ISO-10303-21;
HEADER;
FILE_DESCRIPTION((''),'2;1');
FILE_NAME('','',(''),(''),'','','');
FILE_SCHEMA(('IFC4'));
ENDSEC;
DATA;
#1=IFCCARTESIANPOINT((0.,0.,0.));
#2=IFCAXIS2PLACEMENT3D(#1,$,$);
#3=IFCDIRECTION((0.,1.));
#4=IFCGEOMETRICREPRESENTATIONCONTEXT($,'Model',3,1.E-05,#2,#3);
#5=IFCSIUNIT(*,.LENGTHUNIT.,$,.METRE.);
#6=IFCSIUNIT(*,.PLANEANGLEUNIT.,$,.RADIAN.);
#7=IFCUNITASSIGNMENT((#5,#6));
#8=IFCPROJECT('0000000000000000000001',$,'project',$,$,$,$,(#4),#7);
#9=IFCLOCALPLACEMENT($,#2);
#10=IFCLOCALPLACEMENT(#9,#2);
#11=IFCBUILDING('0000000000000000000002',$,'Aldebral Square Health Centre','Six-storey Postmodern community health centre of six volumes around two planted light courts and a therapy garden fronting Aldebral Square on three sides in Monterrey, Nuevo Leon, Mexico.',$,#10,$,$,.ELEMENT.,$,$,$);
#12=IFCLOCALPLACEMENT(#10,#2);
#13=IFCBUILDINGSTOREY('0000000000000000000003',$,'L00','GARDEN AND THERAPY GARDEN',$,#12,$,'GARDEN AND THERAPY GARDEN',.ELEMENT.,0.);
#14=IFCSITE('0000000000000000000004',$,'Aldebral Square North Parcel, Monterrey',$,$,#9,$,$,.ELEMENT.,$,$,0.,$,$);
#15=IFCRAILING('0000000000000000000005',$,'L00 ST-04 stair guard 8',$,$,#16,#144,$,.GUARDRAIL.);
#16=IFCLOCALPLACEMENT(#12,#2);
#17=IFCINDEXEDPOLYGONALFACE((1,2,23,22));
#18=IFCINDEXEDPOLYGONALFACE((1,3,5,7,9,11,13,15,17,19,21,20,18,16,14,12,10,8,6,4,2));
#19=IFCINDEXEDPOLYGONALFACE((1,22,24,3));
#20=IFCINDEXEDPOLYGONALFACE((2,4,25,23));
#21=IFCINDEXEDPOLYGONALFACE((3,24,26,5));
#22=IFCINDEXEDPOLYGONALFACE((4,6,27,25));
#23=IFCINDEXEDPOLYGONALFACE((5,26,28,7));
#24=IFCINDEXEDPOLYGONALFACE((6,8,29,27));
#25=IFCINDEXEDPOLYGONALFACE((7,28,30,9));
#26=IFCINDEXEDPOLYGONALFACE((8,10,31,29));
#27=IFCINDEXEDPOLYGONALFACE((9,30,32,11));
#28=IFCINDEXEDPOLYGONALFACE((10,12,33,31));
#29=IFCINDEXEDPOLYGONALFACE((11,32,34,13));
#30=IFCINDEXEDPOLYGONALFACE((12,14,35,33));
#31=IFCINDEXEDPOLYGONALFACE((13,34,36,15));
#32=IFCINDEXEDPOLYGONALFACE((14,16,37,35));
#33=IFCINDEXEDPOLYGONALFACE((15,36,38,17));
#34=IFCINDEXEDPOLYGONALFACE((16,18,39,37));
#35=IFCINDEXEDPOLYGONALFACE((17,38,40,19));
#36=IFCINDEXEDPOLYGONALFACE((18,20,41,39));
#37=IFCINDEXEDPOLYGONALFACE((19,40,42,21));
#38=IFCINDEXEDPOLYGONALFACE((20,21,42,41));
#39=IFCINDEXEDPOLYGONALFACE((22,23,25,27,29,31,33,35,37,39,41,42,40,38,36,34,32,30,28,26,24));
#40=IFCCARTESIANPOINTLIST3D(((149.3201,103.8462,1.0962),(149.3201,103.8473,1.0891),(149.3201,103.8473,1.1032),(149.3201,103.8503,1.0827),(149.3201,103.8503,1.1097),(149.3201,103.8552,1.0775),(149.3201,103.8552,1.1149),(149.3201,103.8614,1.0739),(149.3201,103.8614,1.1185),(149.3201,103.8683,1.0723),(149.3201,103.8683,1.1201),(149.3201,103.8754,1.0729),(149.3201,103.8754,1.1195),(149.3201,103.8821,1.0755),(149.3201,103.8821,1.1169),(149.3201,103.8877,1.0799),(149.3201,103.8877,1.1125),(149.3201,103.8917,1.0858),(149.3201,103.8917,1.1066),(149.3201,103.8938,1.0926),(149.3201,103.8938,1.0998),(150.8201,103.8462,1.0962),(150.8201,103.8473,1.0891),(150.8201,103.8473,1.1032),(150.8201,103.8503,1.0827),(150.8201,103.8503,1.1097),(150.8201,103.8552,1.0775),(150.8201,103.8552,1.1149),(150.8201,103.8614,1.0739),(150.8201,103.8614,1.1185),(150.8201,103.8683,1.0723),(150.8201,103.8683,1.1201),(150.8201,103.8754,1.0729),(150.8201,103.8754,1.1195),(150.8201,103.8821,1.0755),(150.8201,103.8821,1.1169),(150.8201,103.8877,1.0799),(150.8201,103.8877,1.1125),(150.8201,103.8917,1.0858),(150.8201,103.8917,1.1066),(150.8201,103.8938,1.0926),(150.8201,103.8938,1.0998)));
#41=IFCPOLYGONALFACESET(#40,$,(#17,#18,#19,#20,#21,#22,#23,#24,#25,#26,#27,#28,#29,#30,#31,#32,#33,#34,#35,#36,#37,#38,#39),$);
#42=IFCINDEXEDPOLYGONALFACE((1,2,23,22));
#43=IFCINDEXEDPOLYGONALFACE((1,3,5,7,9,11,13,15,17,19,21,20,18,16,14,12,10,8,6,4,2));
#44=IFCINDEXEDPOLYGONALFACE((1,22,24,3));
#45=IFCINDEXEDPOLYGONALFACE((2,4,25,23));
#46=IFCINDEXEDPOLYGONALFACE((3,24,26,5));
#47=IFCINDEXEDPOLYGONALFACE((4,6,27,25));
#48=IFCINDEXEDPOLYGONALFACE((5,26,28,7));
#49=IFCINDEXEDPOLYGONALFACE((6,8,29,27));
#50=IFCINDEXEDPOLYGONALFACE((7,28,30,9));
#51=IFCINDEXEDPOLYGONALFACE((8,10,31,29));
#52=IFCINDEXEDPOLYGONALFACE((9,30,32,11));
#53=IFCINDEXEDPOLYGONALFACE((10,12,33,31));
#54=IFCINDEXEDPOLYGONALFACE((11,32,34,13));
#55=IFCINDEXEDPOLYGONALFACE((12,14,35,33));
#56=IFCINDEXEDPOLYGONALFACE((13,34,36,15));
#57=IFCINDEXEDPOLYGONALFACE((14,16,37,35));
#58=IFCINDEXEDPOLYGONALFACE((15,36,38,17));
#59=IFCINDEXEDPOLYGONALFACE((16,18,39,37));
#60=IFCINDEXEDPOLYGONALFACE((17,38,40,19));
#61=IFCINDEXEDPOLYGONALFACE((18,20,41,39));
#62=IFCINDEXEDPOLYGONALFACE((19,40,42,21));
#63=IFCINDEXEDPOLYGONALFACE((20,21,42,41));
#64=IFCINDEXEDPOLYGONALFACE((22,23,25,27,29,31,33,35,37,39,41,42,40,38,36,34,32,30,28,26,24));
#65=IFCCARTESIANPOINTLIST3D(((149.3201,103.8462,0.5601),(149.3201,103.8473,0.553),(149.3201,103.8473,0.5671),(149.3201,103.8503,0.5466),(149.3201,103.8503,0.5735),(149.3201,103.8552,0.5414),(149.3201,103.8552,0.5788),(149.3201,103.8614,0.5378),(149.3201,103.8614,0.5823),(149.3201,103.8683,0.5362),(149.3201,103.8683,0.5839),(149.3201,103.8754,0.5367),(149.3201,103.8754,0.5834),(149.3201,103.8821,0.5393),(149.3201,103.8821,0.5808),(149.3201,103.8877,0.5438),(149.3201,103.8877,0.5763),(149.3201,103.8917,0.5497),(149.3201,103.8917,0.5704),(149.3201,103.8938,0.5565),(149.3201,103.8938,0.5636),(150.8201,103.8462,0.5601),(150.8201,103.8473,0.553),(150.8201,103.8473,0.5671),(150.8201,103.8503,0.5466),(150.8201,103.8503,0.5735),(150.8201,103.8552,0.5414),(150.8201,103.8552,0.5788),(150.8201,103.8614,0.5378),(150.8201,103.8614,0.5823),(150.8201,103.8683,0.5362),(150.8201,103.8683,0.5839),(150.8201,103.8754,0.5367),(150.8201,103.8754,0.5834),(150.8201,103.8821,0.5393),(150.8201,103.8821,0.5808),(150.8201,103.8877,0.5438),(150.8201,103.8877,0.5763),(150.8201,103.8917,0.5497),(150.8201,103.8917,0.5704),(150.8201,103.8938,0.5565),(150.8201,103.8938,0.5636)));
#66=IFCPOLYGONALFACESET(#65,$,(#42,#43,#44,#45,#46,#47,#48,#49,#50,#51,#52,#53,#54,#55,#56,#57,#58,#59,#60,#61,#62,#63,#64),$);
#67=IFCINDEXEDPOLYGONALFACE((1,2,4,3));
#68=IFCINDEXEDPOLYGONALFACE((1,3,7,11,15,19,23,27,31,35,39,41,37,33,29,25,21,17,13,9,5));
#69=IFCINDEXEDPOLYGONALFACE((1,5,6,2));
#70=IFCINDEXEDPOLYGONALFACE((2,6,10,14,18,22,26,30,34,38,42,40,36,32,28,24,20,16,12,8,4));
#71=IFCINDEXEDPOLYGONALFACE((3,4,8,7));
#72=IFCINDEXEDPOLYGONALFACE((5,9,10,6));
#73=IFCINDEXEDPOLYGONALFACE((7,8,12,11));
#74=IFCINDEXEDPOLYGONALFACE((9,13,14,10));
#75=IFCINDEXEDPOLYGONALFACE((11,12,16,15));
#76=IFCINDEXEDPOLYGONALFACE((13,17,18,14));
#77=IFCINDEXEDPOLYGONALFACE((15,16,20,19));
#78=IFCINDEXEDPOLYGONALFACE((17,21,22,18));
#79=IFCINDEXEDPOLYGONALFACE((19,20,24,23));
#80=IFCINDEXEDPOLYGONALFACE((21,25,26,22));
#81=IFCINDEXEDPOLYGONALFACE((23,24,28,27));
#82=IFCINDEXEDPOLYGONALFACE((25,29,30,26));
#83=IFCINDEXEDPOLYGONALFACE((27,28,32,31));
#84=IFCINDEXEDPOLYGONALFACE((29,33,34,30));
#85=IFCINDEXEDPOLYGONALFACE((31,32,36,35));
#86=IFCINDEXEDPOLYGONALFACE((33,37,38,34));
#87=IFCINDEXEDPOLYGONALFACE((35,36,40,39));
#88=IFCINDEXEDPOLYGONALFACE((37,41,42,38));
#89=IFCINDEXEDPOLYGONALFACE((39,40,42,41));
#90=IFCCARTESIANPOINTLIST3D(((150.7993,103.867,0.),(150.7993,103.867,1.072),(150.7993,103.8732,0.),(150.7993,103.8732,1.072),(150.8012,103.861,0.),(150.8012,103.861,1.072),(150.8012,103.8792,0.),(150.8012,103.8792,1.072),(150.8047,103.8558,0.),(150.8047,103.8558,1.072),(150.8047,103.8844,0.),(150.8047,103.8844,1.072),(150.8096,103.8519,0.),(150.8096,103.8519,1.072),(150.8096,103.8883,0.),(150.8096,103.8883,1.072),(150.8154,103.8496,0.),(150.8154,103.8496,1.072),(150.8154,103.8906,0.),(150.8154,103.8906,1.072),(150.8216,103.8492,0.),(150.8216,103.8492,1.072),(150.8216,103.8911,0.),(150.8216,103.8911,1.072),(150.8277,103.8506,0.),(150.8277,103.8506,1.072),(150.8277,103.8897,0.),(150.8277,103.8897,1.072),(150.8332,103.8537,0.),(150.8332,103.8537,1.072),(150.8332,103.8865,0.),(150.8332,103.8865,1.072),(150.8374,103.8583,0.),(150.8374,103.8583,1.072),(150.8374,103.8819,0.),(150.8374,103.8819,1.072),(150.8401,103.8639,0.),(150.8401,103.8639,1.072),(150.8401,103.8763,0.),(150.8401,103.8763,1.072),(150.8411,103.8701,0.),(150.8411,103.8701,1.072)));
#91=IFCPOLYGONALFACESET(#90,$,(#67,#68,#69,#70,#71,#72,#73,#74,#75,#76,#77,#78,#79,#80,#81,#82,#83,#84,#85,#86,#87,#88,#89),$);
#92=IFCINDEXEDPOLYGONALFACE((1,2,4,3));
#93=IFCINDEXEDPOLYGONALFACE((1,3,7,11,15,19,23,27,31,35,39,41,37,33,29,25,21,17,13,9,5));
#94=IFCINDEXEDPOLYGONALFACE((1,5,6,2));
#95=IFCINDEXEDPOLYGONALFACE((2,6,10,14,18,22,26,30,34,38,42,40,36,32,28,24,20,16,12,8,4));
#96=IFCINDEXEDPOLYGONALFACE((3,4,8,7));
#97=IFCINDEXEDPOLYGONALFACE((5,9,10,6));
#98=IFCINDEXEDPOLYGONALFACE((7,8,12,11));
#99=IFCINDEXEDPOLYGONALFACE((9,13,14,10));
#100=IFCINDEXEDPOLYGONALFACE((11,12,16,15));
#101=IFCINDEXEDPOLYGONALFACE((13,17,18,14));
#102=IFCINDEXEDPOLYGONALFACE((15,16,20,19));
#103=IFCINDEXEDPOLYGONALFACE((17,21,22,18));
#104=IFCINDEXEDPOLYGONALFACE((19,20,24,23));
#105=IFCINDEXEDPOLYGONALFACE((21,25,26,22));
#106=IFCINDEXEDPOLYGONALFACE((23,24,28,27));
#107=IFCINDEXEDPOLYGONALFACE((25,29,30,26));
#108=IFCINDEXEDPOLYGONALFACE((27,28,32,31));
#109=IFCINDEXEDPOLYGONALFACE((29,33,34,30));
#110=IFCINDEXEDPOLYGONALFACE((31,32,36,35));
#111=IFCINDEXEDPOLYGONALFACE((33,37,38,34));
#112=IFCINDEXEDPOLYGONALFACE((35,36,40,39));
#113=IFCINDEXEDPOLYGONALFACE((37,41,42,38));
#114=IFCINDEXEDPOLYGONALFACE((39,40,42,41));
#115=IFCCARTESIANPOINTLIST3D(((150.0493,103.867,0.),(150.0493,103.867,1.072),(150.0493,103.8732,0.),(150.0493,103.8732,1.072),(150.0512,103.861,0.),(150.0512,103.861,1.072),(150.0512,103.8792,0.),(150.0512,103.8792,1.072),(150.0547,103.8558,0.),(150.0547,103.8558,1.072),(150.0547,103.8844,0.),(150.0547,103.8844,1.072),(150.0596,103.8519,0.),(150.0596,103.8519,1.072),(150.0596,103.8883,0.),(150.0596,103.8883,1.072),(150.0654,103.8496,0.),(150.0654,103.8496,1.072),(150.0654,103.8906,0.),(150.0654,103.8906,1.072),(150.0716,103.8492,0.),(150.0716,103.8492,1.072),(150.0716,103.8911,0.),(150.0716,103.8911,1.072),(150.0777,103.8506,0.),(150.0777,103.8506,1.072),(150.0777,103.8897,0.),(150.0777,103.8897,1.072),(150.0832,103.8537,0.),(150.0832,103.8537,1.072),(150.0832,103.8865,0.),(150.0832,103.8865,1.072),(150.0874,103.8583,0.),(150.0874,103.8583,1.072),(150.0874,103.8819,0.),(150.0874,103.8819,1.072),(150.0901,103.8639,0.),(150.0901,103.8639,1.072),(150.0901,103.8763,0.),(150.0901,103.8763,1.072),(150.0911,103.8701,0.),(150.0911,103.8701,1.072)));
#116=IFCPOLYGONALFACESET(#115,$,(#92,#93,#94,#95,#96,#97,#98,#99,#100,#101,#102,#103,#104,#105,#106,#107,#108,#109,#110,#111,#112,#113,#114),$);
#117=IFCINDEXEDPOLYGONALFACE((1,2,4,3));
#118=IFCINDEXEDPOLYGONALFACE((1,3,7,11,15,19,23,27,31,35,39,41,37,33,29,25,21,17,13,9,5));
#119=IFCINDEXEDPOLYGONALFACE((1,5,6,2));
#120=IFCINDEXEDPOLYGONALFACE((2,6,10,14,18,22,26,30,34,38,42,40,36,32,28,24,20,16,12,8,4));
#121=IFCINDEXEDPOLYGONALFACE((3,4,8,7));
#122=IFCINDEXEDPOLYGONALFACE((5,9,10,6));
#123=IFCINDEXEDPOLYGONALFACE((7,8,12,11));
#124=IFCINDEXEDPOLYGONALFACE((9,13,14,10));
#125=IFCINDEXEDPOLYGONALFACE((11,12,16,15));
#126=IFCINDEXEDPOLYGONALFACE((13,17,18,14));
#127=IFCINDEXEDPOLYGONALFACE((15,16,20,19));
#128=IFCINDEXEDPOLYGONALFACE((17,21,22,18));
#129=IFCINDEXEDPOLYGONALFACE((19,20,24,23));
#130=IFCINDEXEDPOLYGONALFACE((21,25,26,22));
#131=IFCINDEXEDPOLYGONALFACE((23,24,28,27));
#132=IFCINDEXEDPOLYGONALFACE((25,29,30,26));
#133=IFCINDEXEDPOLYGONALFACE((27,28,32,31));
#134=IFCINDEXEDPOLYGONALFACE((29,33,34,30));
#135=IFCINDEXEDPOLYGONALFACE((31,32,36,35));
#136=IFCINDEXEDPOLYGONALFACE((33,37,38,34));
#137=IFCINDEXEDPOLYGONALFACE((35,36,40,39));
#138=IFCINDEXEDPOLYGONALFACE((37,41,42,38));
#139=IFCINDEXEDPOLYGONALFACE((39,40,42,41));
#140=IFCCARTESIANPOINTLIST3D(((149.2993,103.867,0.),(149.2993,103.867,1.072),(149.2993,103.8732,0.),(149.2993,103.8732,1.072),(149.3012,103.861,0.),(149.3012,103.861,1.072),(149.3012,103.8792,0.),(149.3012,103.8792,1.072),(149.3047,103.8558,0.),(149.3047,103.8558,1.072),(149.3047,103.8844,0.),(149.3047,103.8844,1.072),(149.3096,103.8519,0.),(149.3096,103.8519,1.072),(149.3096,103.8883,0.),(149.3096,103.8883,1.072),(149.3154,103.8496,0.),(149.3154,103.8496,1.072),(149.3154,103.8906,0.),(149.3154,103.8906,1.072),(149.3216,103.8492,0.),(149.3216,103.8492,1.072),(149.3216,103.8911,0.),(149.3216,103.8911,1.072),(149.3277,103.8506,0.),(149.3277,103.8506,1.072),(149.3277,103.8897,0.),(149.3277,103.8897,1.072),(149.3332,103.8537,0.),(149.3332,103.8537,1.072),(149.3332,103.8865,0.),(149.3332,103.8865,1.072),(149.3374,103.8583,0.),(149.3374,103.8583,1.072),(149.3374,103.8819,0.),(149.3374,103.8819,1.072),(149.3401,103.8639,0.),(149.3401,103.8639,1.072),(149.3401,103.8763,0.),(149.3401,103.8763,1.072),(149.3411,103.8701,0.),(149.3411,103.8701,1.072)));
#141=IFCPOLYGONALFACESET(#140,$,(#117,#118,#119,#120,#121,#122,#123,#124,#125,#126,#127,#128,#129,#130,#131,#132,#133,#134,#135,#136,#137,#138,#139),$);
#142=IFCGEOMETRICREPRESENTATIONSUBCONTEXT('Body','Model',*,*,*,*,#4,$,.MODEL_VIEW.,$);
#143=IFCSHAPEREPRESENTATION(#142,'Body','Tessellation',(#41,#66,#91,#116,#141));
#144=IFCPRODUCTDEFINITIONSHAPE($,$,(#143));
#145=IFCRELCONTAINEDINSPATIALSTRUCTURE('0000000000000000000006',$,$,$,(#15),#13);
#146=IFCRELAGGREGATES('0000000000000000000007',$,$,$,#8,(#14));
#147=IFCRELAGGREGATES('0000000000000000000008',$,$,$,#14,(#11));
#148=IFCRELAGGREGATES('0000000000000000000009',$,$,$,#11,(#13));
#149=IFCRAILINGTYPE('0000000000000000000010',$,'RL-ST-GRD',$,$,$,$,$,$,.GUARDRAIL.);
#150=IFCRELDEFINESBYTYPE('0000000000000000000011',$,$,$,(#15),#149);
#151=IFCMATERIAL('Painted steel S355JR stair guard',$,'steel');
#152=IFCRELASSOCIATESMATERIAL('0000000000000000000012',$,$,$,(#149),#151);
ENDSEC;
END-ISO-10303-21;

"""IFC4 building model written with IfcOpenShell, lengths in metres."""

from ifc_helpers import new_model, si_unit, direction, frame, origin, origin_2d, place, context, subcontext, project, spatial, circle, extrude, material, type_object, element, save


model = new_model("IFC4")

# Units and contexts
model_context = context("Model", 3, precision=1e-05, world=origin(), true_north=direction((0.0, 1.0)))
body_context = subcontext(model_context, "Body", "Model", "MODEL_VIEW")
ifc_project = project(units=[si_unit("LENGTHUNIT", "METRE"), si_unit("PLANEANGLEUNIT", "RADIAN")], contexts=[model_context])

# Site, building, storey
site_placement = place(None, origin())
site = spatial("IfcSite", under=ifc_project, at=site_placement, Name="Aldebral Square North Parcel, Monterrey", CompositionType="ELEMENT", RefElevation=0.0)
building_placement = place(site_placement, origin())
building = spatial("IfcBuilding", under=site, at=building_placement, Name="Aldebral Square Health Centre", Description="Six-storey Postmodern community health centre of six volumes around two planted light courts and a therapy garden fronting Aldebral Square on three sides in Monterrey, Nuevo Leon, Mexico.", CompositionType="ELEMENT")
storey_placement = place(building_placement, origin())
storey = spatial("IfcBuildingStorey", under=building, at=storey_placement, Name="L00", Description="GARDEN AND THERAPY GARDEN", LongName="GARDEN AND THERAPY GARDEN", CompositionType="ELEMENT", Elevation=0.0)

# Railing
ifc_material_1 = material(Name="Painted steel S355JR stair guard", Category="steel")
railing_type = type_object("IfcRailingType", Name="RL-ST-GRD", PredefinedType="GUARDRAIL", material=ifc_material_1)
for number, where, name in (
    (1, (150.8201, 103.8701, 0.0), "L00 ST-04 stair guard 8"),
):
    element("IfcRailing", number, at=place(storey_placement, frame(where)), inside=storey, type_object=railing_type, Name=name, PredefinedType="GUARDRAIL", context=body_context, shape_type="SweptSolid", body=[
        extrude(circle(Radius=0.0239, at=origin_2d()), frame((0.0, 0.0, 1.0962), z_axis=(-1.0, 0.0, 0.0), x_axis=(0.0, -1.0, 0.0)), (0.0, 0.0, 1.0), 1.5),
        extrude(circle(Radius=0.0239, at=origin_2d()), frame((0.0, 0.0, 0.5601), z_axis=(-1.0, 0.0, 0.0), x_axis=(0.0, -1.0, 0.0)), (0.0, 0.0, 1.0), 1.5),
        extrude(circle(Radius=0.021, at=origin_2d()), origin(), (0.0, 0.0, 1.0), 1.072),
        extrude(circle(Radius=0.021, at=origin_2d()), frame((-0.75, 0.0, 0.0)), (0.0, 0.0, 1.0), 1.072),
        extrude(circle(Radius=0.021, at=origin_2d()), frame((-1.5, 0.0, 0.0)), (0.0, 0.0, 1.0), 1.072),
    ])

save(model, "model.ifc")
